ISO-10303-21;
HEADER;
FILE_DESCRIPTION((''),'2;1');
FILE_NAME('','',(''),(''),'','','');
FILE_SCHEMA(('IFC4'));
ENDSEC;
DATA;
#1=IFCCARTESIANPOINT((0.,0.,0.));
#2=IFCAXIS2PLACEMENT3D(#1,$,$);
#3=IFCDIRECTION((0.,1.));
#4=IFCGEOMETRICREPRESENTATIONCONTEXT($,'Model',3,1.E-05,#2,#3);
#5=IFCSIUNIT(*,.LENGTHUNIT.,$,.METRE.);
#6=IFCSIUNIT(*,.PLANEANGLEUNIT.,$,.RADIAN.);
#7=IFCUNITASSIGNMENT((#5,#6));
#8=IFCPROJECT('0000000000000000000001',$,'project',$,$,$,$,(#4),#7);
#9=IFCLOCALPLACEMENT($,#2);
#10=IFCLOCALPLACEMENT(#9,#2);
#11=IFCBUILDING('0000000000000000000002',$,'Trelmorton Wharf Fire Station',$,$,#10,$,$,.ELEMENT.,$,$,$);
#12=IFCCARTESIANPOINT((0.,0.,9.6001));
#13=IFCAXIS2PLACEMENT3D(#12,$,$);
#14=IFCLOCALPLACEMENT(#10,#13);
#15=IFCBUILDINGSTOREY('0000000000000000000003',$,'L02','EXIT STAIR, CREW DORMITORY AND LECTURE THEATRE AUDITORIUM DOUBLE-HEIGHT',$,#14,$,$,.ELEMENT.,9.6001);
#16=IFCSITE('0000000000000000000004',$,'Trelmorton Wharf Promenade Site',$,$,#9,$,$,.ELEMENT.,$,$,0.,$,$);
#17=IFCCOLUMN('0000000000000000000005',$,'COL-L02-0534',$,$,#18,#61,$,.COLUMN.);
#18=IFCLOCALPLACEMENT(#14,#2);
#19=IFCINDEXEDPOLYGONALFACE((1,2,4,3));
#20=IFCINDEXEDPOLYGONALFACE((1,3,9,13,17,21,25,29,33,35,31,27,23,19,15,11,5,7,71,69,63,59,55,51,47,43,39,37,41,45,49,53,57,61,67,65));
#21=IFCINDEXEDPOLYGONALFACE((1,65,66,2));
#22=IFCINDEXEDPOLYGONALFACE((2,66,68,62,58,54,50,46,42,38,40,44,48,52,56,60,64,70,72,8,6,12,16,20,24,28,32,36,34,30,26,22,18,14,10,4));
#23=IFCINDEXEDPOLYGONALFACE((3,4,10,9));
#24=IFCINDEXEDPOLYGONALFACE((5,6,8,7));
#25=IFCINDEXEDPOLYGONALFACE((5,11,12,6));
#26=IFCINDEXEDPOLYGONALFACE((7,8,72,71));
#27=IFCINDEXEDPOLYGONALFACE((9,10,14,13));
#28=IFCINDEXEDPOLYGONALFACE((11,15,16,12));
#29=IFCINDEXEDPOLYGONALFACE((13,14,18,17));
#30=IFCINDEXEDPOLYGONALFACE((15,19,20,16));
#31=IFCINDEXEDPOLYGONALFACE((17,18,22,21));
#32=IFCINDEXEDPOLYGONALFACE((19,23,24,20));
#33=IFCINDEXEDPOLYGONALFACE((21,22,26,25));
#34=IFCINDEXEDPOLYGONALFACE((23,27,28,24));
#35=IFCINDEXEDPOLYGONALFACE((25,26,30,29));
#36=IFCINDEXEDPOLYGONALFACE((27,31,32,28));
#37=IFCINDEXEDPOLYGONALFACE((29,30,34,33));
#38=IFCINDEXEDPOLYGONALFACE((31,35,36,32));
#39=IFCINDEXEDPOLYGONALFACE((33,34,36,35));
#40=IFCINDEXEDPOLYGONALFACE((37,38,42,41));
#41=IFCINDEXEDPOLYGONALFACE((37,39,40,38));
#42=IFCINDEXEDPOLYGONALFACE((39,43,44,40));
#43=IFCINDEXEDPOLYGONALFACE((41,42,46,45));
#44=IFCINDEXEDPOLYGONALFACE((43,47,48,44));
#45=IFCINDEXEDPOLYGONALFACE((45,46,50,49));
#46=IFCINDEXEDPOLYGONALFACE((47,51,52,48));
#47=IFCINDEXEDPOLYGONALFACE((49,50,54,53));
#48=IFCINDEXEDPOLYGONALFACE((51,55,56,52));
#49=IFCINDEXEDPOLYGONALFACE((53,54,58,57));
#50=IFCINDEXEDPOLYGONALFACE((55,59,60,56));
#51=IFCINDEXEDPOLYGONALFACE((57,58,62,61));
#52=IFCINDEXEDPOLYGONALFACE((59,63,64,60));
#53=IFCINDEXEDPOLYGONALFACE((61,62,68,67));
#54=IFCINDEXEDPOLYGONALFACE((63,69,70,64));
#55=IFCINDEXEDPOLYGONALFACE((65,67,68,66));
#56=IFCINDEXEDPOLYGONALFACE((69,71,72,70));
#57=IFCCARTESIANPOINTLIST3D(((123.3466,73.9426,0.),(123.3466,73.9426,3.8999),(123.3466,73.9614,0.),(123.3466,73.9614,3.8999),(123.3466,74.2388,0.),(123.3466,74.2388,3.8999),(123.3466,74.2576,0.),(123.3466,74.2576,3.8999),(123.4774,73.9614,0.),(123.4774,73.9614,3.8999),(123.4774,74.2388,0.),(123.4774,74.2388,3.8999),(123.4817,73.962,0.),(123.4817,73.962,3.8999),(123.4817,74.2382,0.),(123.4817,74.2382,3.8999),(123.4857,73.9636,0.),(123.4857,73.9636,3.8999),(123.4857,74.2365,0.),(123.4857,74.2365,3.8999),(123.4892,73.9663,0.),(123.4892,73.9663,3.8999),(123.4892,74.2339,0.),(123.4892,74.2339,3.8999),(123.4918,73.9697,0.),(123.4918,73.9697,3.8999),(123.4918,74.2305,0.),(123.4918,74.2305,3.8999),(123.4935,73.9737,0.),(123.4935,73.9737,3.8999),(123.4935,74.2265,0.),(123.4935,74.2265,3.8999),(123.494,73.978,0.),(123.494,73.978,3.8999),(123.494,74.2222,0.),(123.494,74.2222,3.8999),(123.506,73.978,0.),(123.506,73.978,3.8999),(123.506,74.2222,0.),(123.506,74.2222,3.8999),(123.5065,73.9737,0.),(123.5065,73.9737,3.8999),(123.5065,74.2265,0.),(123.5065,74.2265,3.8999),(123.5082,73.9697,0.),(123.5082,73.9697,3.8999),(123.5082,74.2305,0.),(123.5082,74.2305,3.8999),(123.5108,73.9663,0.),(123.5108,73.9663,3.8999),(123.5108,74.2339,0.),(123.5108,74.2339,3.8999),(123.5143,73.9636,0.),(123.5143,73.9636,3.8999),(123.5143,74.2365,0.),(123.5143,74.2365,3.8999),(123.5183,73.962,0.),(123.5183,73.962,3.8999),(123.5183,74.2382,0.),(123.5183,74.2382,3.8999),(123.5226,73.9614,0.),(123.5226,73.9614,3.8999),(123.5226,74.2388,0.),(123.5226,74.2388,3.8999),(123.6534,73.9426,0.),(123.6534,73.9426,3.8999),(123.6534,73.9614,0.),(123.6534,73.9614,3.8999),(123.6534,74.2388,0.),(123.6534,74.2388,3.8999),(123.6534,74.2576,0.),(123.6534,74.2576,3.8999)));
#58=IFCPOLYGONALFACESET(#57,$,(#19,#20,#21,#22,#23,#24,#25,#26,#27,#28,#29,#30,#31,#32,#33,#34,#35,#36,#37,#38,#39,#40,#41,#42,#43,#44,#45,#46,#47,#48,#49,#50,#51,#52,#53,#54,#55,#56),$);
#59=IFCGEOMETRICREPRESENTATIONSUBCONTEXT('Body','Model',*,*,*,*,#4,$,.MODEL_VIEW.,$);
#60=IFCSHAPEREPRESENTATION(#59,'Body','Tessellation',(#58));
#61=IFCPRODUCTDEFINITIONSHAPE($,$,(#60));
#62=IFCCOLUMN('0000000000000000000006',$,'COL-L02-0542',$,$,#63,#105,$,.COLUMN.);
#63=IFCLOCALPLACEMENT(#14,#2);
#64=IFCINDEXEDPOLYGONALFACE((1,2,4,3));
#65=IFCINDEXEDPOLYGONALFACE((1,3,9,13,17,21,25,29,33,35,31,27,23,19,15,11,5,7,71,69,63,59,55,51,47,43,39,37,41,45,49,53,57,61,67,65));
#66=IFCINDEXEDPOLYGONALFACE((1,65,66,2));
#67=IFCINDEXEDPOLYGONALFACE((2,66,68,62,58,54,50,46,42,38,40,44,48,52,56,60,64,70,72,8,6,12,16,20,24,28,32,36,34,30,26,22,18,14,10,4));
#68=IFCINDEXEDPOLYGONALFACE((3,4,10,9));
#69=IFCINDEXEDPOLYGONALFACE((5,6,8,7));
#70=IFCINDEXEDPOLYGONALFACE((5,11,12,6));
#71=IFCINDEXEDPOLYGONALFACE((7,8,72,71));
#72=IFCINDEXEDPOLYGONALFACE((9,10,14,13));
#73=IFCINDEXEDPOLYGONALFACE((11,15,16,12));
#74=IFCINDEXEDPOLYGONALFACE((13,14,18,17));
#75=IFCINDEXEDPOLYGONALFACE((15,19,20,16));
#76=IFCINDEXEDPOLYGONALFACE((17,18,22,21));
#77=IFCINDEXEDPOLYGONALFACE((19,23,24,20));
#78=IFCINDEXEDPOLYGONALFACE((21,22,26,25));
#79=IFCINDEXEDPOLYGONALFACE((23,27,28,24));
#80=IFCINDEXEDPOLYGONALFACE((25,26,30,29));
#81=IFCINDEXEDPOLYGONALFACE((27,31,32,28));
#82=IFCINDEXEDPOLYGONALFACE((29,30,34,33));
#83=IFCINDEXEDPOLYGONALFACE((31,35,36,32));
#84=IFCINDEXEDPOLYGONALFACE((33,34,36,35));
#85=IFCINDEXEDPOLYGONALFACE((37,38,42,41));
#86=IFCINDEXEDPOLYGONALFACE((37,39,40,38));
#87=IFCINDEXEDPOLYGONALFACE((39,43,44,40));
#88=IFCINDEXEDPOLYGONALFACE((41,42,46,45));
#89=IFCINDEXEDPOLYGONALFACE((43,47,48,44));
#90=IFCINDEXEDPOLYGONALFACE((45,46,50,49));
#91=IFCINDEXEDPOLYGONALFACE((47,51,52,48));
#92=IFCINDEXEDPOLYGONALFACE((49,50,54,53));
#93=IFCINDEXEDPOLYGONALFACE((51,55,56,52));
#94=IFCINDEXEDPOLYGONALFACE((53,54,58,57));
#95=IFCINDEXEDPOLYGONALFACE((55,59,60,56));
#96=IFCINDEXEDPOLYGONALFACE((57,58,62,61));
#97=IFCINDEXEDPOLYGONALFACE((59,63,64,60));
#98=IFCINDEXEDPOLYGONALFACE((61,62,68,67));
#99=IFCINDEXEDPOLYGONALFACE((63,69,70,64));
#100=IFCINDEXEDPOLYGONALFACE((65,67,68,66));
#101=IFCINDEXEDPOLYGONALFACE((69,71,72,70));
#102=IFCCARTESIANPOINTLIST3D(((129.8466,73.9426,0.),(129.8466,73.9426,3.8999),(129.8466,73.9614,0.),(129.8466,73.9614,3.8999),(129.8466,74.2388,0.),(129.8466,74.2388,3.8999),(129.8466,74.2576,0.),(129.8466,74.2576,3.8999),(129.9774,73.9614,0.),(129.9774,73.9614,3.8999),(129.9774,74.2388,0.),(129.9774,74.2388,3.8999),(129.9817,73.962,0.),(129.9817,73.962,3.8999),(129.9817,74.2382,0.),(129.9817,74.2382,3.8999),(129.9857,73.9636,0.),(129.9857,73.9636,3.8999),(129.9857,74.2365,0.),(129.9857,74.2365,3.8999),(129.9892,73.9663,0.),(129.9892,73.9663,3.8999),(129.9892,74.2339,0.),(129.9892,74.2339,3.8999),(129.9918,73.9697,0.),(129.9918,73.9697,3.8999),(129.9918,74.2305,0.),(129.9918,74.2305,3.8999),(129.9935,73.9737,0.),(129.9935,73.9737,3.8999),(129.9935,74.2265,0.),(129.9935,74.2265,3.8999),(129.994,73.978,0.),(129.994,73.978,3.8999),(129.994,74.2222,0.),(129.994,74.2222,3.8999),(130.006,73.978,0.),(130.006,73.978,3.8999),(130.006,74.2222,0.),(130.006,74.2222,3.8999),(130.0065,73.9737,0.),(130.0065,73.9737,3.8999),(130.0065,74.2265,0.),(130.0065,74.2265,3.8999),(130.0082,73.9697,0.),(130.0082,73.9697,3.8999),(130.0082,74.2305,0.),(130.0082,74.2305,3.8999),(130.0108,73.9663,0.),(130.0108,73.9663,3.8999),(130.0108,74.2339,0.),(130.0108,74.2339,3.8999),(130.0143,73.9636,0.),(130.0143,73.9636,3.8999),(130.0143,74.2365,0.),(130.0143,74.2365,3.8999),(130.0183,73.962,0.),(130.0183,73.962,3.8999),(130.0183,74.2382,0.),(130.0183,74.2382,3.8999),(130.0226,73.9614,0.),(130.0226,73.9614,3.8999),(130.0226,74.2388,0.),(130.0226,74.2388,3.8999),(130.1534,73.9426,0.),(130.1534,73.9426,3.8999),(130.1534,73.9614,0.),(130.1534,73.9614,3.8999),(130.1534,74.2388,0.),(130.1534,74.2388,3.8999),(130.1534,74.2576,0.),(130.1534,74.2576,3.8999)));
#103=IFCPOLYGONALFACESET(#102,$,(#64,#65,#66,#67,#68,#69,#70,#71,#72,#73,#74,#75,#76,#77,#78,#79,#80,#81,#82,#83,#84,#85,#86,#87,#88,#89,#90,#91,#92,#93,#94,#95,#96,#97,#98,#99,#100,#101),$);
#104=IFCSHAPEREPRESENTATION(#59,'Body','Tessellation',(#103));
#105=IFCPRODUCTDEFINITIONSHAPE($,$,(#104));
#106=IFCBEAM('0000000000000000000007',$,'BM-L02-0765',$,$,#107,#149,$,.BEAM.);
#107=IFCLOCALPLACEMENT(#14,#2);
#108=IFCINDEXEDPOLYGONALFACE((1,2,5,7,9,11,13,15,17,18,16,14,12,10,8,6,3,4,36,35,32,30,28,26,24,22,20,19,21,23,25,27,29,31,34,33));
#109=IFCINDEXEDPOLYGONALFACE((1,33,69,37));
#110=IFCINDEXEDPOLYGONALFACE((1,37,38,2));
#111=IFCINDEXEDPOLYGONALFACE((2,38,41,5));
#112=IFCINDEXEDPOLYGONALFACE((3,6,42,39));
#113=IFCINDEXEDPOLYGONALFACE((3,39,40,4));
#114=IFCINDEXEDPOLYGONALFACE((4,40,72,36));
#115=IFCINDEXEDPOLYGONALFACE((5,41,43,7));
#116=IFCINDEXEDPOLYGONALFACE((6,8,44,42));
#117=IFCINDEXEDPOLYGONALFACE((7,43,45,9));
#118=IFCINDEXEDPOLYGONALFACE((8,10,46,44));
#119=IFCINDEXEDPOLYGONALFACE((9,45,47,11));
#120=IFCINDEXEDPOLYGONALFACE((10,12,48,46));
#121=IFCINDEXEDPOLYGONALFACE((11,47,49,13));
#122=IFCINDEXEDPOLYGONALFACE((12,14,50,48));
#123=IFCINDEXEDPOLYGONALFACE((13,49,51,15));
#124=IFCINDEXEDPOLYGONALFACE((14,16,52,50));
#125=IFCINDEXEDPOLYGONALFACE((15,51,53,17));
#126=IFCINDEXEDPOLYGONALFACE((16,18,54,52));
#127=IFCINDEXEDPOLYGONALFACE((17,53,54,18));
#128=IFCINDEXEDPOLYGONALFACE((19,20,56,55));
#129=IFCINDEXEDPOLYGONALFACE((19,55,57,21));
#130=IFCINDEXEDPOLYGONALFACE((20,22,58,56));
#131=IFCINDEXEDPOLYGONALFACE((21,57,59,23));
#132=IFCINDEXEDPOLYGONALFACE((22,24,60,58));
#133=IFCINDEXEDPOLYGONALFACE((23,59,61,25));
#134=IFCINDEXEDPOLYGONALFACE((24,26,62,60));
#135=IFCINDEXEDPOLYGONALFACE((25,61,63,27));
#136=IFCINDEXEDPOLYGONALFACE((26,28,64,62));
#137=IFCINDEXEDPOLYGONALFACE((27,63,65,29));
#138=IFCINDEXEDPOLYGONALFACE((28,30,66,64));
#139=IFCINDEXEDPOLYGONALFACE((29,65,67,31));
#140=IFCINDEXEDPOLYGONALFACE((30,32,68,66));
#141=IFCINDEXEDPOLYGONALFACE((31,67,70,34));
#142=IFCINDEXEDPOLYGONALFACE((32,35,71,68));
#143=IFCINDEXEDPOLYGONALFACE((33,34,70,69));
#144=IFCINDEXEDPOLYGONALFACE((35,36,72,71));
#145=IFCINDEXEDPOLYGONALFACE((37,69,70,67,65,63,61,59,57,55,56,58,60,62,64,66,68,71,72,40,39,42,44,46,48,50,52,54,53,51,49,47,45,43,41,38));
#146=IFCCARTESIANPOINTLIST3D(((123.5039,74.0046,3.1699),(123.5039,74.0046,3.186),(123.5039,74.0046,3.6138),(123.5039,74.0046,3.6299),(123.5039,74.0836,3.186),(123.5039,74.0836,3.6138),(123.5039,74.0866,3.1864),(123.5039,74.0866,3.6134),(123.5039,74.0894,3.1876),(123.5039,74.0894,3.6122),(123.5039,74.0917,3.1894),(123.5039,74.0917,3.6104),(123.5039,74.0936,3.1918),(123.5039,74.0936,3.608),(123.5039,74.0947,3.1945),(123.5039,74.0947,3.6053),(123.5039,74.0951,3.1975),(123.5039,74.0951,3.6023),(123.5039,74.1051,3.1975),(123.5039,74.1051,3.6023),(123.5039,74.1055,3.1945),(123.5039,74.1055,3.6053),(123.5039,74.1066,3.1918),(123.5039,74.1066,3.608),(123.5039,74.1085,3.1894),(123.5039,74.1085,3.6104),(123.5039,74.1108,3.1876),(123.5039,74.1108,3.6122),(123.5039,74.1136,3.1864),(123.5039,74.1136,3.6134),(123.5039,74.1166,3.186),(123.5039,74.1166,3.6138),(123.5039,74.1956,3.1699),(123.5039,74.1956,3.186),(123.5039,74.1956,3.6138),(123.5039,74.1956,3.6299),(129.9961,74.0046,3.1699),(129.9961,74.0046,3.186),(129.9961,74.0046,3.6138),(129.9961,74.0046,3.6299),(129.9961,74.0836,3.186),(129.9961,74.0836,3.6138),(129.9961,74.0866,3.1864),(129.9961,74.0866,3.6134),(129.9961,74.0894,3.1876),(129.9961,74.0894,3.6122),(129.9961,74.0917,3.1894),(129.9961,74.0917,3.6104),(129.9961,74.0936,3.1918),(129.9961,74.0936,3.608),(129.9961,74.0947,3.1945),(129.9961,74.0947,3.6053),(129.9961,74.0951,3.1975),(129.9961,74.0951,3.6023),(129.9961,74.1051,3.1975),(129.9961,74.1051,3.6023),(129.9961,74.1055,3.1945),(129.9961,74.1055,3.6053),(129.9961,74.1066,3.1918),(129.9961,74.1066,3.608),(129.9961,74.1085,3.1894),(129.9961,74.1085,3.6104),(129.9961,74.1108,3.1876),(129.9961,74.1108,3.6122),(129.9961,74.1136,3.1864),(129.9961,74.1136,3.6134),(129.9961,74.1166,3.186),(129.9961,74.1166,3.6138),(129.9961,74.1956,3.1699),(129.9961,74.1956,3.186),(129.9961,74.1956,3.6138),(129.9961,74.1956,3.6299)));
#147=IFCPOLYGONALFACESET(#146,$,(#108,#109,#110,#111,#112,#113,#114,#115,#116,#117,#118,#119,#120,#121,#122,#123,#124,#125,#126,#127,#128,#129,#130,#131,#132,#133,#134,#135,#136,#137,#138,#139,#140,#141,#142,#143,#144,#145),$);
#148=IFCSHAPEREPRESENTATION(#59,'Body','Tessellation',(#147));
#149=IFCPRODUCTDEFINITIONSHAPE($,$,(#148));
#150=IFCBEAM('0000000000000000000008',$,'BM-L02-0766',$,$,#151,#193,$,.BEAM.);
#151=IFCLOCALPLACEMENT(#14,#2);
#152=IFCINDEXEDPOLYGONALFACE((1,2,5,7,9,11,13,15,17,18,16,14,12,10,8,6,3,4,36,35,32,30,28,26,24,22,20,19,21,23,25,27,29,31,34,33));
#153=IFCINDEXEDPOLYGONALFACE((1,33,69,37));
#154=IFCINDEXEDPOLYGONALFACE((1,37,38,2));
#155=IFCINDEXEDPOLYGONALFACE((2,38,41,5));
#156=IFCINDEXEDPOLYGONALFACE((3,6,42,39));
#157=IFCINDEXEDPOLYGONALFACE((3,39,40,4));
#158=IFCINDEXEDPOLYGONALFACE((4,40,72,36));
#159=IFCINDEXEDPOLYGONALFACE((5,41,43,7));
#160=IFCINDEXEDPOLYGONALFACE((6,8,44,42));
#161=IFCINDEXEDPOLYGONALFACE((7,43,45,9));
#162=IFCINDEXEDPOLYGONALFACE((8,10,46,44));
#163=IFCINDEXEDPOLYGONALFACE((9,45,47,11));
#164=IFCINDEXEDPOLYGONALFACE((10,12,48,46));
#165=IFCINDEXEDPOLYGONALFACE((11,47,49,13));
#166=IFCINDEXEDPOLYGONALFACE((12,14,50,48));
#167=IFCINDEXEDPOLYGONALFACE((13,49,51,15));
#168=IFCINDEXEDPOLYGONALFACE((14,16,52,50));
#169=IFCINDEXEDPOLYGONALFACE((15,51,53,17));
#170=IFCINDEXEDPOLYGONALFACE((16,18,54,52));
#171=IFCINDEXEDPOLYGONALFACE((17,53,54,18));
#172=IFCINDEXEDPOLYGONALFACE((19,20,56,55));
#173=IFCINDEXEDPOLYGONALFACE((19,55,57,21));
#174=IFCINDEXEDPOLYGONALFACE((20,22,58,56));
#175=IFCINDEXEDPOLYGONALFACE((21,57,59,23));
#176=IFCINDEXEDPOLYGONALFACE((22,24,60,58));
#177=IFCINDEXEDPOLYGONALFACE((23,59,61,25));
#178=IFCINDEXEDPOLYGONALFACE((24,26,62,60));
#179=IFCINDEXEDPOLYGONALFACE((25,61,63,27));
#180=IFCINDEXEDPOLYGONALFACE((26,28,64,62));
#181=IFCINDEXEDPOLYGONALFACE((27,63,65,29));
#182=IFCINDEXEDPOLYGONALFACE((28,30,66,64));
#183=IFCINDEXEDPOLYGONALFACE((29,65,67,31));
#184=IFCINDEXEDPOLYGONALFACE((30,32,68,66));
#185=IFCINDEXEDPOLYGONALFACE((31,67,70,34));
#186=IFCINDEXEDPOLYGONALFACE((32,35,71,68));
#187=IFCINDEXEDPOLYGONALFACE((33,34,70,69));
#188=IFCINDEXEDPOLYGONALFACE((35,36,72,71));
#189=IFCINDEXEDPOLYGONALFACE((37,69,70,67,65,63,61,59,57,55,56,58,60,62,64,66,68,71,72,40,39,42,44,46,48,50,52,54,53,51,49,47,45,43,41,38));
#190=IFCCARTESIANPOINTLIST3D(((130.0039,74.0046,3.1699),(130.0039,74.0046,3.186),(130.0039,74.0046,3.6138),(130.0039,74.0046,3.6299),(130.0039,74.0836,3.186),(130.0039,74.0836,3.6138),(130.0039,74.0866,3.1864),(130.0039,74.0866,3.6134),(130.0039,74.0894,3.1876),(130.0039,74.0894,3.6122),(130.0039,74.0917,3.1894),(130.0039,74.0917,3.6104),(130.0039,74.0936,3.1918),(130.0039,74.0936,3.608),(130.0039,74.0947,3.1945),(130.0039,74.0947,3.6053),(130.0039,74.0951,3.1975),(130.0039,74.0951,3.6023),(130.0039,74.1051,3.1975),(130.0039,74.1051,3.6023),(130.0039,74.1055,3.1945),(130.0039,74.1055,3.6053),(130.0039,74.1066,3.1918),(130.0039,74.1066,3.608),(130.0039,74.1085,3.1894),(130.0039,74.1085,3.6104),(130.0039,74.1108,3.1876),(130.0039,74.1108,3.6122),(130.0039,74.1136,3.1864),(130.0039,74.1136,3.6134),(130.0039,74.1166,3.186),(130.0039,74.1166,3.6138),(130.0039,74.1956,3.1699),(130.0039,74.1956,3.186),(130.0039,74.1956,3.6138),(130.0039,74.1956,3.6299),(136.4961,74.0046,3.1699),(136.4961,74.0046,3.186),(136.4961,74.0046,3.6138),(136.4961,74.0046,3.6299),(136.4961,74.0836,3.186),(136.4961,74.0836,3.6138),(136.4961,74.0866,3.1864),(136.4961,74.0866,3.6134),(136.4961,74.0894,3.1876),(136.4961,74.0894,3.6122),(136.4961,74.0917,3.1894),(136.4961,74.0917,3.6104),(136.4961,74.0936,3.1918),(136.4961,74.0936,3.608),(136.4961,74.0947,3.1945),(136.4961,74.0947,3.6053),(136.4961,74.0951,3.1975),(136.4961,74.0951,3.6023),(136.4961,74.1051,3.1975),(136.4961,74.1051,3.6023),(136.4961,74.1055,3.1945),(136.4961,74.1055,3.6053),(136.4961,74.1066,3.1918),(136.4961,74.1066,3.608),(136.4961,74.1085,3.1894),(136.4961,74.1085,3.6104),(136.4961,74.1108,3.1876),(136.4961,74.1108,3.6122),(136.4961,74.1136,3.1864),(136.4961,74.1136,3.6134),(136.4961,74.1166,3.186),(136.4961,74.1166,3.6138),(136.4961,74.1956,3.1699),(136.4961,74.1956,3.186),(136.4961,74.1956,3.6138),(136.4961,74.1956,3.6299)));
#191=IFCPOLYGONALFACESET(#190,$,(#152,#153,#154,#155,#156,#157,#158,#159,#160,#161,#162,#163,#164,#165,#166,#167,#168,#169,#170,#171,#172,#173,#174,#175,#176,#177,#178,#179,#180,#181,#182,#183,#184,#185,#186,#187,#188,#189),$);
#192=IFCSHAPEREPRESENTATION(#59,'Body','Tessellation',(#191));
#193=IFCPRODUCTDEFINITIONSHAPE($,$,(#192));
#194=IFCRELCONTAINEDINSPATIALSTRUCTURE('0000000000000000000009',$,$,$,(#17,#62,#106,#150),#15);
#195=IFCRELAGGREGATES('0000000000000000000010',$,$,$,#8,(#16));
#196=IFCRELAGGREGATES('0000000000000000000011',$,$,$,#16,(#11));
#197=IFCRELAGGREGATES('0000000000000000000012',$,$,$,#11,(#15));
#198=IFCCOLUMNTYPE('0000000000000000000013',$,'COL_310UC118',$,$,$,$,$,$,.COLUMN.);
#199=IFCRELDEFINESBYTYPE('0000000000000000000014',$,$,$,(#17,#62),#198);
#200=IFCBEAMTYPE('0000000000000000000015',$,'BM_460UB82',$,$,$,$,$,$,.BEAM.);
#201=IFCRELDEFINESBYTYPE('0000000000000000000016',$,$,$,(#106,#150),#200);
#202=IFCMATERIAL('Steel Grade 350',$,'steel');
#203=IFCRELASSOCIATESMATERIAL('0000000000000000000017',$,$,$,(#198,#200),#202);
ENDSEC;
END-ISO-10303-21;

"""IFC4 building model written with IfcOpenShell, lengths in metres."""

from ifc_helpers import new_model, si_unit, direction, frame, origin, origin_2d, place, context, subcontext, project, spatial, i_section, extrude, material, material_profile, profile_set, type_object, element, save


model = new_model("IFC4")

# Units and contexts
model_context = context("Model", 3, precision=1e-05, world=origin(), true_north=direction((0.0, 1.0)))
body_context = subcontext(model_context, "Body", "Model", "MODEL_VIEW")
ifc_project = project(units=[si_unit("LENGTHUNIT", "METRE"), si_unit("PLANEANGLEUNIT", "RADIAN")], contexts=[model_context])

# Site, building, storey
site_placement = place(None, origin())
site = spatial("IfcSite", under=ifc_project, at=site_placement, Name="Trelmorton Wharf Promenade Site", CompositionType="ELEMENT", RefElevation=0.0)
building_placement = place(site_placement, origin())
building = spatial("IfcBuilding", under=site, at=building_placement, Name="Trelmorton Wharf Fire Station", CompositionType="ELEMENT")
storey_placement = place(building_placement, frame((0.0, 0.0, 9.6001)))
storey = spatial("IfcBuildingStorey", under=building, at=storey_placement, Name="L02", Description="EXIT STAIR, CREW DORMITORY AND LECTURE THEATRE AUDITORIUM DOUBLE-HEIGHT", CompositionType="ELEMENT", Elevation=9.6001)

# Columns
ifc_material_1 = material(Name="Steel Grade 350", Category="steel")
ifc_material_profile_1 = material_profile(ifc_material_1, i_section(OverallWidth=0.3069, OverallDepth=0.3149, WebThickness=0.012, FlangeThickness=0.0188, FilletRadius=0.0166, at=origin_2d()), Name="310UC118")
ifc_profile_set_1 = profile_set([ifc_material_profile_1], Name="Steel Grade 350")
column_type = type_object("IfcColumnType", Name="COL_310UC118", PredefinedType="COLUMN", material=ifc_profile_set_1)
for number, where, z_axis, x_axis, name in (
    (1, (123.5, 74.1001, 0.0), (0.0, 0.0, 1.0), (1.0, 0.0, 0.0), "COL-L02-0534"),
    (2, (130.0, 74.1001, 0.0), (0.0, 0.0, 1.0), (1.0, 0.0, 0.0), "COL-L02-0542"),
):
    element("IfcColumn", number, at=place(storey_placement, frame(where, z_axis=z_axis, x_axis=x_axis)), inside=storey, type_object=column_type, Name=name, PredefinedType="COLUMN", context=body_context, shape_type="SweptSolid", body=[
        extrude(i_section(OverallWidth=0.3069, OverallDepth=0.3149, WebThickness=0.012, FlangeThickness=0.0188, FilletRadius=0.0166, at=origin_2d()), origin(), (0.0, 0.0, 1.0), 3.8999),
    ])

# Beams
ifc_material_profile_2 = material_profile(ifc_material_1, i_section(OverallWidth=0.1909, OverallDepth=0.46, WebThickness=0.01, FlangeThickness=0.0161, FilletRadius=0.0115, at=origin_2d()), Name="460UB82.1")
ifc_profile_set_2 = profile_set([ifc_material_profile_2], Name="Steel Grade 350")
beam_type_1 = type_object("IfcBeamType", Name="BM_460UB82", PredefinedType="BEAM", material=ifc_profile_set_2)
for number, where, z_axis, x_axis, name in (
    (3, (123.5039, 74.1001, 3.3999), (1.0, 0.0, 0.0), (0.0, 1.0, 0.0), "BM-L02-0765"),
    (4, (130.0039, 74.1001, 3.3999), (1.0, 0.0, 0.0), (0.0, 1.0, 0.0), "BM-L02-0766"),
):
    element("IfcBeam", number, at=place(storey_placement, frame(where, z_axis=z_axis, x_axis=x_axis)), inside=storey, type_object=beam_type_1, Name=name, PredefinedType="BEAM", context=body_context, shape_type="SweptSolid", body=[
        extrude(i_section(OverallWidth=0.1909, OverallDepth=0.46, WebThickness=0.01, FlangeThickness=0.0161, FilletRadius=0.0115, at=origin_2d()), origin(), (0.0, 0.0, 1.0), 6.4922),
    ])

save(model, "model.ifc")
